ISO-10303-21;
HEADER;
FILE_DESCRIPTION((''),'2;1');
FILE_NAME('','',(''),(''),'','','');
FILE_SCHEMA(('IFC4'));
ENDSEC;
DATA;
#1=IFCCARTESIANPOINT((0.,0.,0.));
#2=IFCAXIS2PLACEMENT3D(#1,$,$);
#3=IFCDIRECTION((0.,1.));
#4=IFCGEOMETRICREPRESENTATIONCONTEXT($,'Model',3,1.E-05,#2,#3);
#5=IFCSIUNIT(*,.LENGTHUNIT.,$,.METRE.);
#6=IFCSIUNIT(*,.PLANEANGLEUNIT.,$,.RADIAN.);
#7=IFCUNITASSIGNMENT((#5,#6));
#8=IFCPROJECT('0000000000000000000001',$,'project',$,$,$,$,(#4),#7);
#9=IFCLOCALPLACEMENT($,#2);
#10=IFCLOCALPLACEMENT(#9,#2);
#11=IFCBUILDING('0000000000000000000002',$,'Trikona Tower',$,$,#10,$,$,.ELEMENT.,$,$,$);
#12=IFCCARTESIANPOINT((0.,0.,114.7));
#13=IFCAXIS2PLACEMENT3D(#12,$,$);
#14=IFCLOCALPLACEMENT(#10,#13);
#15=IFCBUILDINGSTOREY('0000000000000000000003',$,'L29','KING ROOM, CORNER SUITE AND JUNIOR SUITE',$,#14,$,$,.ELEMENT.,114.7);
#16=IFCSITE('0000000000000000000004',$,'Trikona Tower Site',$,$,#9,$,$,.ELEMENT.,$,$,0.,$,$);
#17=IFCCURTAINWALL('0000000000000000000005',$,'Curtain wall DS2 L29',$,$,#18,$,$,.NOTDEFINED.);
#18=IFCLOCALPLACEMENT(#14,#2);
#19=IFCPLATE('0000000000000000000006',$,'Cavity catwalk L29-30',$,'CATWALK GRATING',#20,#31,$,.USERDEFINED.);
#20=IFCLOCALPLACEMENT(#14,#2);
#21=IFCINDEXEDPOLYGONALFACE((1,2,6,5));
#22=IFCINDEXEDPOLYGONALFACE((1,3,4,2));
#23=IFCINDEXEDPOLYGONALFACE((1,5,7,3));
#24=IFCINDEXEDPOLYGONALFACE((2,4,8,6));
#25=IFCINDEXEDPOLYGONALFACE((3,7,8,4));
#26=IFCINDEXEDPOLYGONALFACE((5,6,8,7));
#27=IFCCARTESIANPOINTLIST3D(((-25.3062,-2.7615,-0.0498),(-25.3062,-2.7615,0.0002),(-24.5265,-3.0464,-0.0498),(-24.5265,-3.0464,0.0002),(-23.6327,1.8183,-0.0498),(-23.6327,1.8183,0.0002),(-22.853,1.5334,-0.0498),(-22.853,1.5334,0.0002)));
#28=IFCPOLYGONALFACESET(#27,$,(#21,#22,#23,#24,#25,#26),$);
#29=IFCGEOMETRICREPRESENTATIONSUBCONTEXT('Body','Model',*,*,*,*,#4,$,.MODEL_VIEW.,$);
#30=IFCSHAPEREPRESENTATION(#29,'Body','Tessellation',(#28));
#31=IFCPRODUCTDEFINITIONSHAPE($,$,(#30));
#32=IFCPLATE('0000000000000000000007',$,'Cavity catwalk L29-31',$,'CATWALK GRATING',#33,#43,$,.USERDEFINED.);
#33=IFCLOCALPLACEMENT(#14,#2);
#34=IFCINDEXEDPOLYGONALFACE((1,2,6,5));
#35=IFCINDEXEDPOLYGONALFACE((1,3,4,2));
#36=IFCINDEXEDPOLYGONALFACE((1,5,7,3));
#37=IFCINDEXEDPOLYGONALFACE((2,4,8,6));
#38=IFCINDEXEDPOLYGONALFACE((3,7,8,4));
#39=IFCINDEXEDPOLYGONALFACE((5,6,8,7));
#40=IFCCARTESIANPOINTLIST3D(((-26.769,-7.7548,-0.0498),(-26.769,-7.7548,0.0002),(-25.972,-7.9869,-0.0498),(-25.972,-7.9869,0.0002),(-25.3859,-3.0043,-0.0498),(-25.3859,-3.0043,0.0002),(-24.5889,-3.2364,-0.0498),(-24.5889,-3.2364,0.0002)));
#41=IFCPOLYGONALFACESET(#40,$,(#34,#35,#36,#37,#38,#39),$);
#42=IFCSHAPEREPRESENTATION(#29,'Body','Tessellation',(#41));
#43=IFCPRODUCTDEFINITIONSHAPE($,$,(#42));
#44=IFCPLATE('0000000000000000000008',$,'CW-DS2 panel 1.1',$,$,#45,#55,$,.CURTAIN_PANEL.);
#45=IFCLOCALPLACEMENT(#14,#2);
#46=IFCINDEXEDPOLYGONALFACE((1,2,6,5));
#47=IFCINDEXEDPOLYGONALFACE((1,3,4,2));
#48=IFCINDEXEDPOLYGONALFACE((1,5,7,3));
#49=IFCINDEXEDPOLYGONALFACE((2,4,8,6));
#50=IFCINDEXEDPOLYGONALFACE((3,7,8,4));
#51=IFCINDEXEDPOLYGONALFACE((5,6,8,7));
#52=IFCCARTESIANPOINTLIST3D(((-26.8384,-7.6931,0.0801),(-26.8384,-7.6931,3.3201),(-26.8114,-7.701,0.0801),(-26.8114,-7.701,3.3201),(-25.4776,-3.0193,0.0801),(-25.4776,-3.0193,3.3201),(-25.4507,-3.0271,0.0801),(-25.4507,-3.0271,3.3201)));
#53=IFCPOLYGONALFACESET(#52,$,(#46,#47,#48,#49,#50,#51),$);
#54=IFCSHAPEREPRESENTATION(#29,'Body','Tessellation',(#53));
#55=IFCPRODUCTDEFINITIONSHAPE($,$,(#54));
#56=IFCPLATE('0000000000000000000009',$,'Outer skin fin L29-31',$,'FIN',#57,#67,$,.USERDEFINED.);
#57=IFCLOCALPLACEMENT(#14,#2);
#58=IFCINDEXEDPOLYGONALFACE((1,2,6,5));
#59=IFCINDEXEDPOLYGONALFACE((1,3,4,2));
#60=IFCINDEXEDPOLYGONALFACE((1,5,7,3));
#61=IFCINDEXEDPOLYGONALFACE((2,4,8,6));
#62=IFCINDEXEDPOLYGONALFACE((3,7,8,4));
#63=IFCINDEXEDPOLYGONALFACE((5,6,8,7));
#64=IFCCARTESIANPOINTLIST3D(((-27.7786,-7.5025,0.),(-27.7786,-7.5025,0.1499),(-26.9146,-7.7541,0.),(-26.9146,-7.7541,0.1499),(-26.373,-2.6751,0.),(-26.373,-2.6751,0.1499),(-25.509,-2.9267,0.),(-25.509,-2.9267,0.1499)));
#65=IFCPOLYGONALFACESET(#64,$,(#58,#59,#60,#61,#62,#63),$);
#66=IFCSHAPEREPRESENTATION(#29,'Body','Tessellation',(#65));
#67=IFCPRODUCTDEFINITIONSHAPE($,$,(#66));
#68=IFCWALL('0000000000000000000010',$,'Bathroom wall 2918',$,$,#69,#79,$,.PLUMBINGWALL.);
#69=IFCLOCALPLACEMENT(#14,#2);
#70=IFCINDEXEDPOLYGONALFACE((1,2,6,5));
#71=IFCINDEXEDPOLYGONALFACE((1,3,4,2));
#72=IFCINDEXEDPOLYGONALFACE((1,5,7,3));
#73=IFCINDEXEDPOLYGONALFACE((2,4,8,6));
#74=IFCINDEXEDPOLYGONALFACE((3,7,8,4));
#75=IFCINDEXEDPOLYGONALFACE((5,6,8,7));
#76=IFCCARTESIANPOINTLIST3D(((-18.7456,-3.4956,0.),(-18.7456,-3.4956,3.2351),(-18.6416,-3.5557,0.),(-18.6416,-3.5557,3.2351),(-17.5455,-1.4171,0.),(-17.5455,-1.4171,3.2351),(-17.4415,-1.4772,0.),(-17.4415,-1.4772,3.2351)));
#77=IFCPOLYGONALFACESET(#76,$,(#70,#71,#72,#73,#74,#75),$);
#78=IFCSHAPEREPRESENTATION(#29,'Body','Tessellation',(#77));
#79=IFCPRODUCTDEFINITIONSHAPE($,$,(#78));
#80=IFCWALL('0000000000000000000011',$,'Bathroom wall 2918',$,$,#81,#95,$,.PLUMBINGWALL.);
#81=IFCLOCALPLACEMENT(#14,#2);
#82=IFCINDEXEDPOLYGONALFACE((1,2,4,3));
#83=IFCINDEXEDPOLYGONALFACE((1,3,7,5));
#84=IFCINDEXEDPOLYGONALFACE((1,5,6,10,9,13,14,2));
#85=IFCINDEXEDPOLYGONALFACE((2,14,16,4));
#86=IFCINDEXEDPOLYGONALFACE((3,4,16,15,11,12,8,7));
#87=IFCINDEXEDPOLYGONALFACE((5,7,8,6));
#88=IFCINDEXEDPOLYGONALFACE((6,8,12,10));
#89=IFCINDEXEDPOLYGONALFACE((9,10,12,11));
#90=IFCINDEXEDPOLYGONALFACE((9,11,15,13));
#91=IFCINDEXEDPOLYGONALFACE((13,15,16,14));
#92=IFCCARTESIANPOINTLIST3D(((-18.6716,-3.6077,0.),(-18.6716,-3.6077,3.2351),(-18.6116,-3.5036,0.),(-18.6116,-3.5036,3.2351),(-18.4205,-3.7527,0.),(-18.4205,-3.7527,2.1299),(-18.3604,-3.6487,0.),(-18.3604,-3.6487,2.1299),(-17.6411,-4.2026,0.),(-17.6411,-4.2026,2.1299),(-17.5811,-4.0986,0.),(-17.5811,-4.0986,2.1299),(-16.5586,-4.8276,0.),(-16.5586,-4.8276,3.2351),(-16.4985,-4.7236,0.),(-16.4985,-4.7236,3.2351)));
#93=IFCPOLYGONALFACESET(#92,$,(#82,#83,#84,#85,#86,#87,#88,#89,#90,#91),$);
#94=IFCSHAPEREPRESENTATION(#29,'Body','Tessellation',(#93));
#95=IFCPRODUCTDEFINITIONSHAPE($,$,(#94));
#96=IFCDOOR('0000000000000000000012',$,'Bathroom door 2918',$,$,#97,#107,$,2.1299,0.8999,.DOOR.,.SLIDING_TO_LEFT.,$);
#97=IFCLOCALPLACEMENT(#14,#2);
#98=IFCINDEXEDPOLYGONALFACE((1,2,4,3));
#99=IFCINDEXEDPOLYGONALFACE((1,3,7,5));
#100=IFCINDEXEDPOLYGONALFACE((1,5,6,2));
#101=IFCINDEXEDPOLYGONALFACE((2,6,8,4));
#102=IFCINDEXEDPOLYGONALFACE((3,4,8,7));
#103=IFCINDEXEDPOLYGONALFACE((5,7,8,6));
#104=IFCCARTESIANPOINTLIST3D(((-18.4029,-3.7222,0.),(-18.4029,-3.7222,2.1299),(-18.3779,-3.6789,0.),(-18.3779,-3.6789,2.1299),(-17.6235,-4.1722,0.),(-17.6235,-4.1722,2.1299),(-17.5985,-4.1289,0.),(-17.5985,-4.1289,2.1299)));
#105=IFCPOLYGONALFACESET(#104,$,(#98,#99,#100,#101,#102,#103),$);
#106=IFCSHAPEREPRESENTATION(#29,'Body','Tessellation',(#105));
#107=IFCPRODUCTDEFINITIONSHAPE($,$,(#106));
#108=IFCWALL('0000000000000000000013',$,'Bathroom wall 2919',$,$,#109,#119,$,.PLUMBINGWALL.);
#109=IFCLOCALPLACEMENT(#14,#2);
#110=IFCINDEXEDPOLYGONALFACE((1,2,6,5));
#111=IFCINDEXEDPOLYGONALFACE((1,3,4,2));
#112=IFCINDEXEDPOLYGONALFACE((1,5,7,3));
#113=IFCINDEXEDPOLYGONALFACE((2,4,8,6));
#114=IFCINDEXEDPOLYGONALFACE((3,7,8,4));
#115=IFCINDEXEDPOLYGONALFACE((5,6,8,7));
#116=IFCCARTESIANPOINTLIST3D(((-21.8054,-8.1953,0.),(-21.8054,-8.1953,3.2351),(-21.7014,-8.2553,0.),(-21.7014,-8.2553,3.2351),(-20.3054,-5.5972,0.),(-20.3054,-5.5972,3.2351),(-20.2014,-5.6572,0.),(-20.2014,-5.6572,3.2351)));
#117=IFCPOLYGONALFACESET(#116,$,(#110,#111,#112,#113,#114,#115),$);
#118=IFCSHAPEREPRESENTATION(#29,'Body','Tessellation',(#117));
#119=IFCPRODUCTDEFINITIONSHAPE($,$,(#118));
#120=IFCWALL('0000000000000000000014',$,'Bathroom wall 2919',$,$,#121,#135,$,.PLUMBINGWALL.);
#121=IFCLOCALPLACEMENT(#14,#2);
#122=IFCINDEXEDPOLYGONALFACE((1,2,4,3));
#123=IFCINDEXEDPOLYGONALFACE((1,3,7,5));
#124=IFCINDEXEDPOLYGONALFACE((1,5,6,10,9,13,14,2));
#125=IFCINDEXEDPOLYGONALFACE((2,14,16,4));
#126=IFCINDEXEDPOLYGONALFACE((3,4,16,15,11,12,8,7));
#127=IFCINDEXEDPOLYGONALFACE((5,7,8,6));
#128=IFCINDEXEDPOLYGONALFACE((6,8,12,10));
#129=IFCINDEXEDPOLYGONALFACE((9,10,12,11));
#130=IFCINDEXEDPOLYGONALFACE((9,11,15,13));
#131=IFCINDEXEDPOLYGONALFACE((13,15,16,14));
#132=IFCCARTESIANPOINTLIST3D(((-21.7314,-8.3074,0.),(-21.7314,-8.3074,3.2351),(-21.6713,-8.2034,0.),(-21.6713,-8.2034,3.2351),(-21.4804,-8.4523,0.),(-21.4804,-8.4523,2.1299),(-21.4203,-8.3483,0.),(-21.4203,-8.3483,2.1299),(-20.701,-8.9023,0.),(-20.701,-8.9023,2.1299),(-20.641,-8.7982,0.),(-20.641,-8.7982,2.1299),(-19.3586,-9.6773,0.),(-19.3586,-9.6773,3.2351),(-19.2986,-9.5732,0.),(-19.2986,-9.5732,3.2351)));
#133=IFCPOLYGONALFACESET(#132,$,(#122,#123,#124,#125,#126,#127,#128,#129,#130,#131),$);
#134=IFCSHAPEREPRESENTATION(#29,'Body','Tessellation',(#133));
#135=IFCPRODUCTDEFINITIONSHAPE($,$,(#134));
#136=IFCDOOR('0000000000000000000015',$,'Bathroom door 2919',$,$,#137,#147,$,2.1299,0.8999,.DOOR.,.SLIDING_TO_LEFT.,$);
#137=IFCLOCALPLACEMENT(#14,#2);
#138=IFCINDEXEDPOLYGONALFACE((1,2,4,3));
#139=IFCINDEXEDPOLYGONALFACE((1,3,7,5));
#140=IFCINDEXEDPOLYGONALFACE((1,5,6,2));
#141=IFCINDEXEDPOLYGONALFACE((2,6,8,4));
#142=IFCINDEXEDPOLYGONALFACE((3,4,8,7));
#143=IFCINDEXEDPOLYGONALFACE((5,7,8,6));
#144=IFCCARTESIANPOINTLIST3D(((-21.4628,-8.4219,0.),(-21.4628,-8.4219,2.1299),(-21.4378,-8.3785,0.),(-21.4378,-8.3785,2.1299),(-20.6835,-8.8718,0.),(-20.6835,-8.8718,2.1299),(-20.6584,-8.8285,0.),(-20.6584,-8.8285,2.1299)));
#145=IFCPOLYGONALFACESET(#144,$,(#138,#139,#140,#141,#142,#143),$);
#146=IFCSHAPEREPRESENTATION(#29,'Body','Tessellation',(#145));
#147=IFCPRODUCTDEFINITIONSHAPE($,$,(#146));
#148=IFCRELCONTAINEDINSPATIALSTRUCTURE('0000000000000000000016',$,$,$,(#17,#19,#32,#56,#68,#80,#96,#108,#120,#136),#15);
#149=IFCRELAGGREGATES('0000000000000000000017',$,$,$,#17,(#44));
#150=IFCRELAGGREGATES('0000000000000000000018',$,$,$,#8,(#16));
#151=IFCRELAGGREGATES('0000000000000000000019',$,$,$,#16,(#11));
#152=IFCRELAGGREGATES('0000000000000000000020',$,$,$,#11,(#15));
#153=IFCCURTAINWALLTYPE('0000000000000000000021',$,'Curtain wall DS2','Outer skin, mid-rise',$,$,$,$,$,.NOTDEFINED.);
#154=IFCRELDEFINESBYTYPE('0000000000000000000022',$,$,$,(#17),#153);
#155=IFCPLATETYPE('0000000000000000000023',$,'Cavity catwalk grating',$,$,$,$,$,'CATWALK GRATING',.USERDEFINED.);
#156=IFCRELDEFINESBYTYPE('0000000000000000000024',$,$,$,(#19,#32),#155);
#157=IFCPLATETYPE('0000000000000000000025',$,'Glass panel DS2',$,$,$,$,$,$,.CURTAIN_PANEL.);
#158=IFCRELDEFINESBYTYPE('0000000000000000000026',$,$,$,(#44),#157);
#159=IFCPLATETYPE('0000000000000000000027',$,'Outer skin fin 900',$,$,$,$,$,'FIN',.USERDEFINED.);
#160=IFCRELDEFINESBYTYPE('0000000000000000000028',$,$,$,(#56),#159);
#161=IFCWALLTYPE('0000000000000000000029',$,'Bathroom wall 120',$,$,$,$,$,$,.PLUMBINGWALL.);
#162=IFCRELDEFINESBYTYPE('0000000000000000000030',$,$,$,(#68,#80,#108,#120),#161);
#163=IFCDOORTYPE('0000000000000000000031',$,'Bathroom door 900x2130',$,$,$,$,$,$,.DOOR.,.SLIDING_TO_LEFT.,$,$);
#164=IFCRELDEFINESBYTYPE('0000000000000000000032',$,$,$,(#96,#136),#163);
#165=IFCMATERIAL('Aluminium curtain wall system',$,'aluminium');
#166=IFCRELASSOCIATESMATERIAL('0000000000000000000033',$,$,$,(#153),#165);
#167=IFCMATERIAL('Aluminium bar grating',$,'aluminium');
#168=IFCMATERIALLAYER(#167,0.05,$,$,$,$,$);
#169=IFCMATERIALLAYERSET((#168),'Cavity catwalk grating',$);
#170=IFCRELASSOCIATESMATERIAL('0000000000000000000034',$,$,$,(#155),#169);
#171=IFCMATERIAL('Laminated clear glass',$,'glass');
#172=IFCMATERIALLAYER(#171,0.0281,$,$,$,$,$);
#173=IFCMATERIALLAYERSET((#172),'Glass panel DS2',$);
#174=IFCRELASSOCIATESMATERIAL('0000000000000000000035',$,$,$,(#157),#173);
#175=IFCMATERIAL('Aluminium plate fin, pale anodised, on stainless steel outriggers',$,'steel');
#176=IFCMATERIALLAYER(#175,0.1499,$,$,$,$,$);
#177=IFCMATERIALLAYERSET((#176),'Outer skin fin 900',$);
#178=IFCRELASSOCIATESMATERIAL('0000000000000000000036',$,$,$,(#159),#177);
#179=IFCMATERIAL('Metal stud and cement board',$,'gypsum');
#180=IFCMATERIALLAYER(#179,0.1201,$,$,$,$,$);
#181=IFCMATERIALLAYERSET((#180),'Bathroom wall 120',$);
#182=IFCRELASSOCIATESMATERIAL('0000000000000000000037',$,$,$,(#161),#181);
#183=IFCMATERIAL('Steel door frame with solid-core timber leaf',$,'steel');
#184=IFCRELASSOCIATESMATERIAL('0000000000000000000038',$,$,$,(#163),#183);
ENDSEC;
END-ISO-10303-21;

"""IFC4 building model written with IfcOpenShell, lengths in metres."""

from ifc_helpers import new_model, si_unit, direction, frame, frame_2d, origin, origin_2d, place, context, subcontext, project, spatial, rectangle, extrude, material, layer, layer_set, type_object, element, fill, aggregate, save


model = new_model("IFC4")

# Units and contexts
model_context = context("Model", 3, precision=1e-05, world=origin(), true_north=direction((0.0, 1.0)))
body_context = subcontext(model_context, "Body", "Model", "MODEL_VIEW")
ifc_project = project(units=[si_unit("LENGTHUNIT", "METRE"), si_unit("PLANEANGLEUNIT", "RADIAN")], contexts=[model_context])

# Site, building, storey
site_placement = place(None, origin())
site = spatial("IfcSite", under=ifc_project, at=site_placement, Name="Trikona Tower Site", CompositionType="ELEMENT", RefElevation=0.0)
building_placement = place(site_placement, origin())
building = spatial("IfcBuilding", under=site, at=building_placement, Name="Trikona Tower", CompositionType="ELEMENT")
storey_placement = place(building_placement, frame((0.0, 0.0, 114.7)))
storey = spatial("IfcBuildingStorey", under=building, at=storey_placement, Name="L29", Description="KING ROOM, CORNER SUITE AND JUNIOR SUITE", CompositionType="ELEMENT", Elevation=114.7)

# Shared definitions
ifc_material_1 = material(Name="Aluminium curtain wall system", Category="aluminium")
curtain_wall_type = type_object("IfcCurtainWallType", Name="Curtain wall DS2", Description="Outer skin, mid-rise", PredefinedType="NOTDEFINED", material=ifc_material_1)

# Curtain wall
curtain_wall_1_placement = place(storey_placement, origin())
curtain_wall_1 = element("IfcCurtainWall", 1, at=curtain_wall_1_placement, inside=storey, type_object=curtain_wall_type, Name="Curtain wall DS2 L29", PredefinedType="NOTDEFINED")

# Plates
ifc_material_2 = material(Name="Aluminium bar grating", Category="aluminium")
ifc_layer_1 = layer(ifc_material_2, 0.05)
ifc_layer_set_1 = layer_set([ifc_layer_1], Name="Cavity catwalk grating")
plate_type_1 = type_object("IfcPlateType", Name="Cavity catwalk grating", ElementType="CATWALK GRATING", PredefinedType="USERDEFINED", material=ifc_layer_set_1)
plate_1_placement = place(storey_placement, frame((-24.0796, -0.614, -0.0498), z_axis=(0.0, 0.0, 1.0), x_axis=(-0.34322, -0.939255, 0.0)))
element("IfcPlate", 2, at=plate_1_placement, inside=storey, type_object=plate_type_1, Name="Cavity catwalk L29-30", ObjectType="CATWALK GRATING", PredefinedType="USERDEFINED", context=body_context, shape_type="SweptSolid", body=[
    extrude(rectangle(XDim=4.876, YDim=0.8301, at=origin_2d()), origin(), (0.0, 0.0, 1.0), 0.05),
])
plate_2_placement = place(storey_placement, frame((-25.679, -5.4956, -0.0498), z_axis=(0.0, 0.0, 1.0), x_axis=(-0.279554, -0.96013, 0.0)))
element("IfcPlate", 3, at=plate_2_placement, inside=storey, type_object=plate_type_1, Name="Cavity catwalk L29-31", ObjectType="CATWALK GRATING", PredefinedType="USERDEFINED", context=body_context, shape_type="SweptSolid", body=[
    extrude(rectangle(XDim=4.9478, YDim=0.8301, at=origin_2d()), origin(), (0.0, 0.0, 1.0), 0.05),
])

# Plates
ifc_material_3 = material(Name="Laminated clear glass", Category="glass")
ifc_layer_2 = layer(ifc_material_3, 0.0281)
ifc_layer_set_2 = layer_set([ifc_layer_2], Name="Glass panel DS2")
plate_type_2 = type_object("IfcPlateType", Name="Glass panel DS2", PredefinedType="CURTAIN_PANEL", material=ifc_layer_set_2)
plate_3_placement = place(storey_placement, frame((-26.1445, -5.3601, 0.0801), z_axis=(0.0, 0.0, 1.0), x_axis=(-0.279543, -0.960133, 0.0)))
plate_3 = element("IfcPlate", 4, at=plate_3_placement, type_object=plate_type_2, Name="CW-DS2 panel 1.1", PredefinedType="CURTAIN_PANEL", context=body_context, shape_type="SweptSolid", body=[
    extrude(rectangle(XDim=4.8679, YDim=0.0281, at=origin_2d()), origin(), (0.0, 0.0, 1.0), 3.24),
])
aggregate(curtain_wall_1, [plate_3])
ifc_material_4 = material(Name="Aluminium plate fin, pale anodised, on stainless steel outriggers", Category="steel")
ifc_layer_3 = layer(ifc_material_4, 0.1499)
ifc_layer_set_3 = layer_set([ifc_layer_3], Name="Outer skin fin 900")
plate_type_3 = type_object("IfcPlateType", Name="Outer skin fin 900", ElementType="FIN", PredefinedType="USERDEFINED", material=ifc_layer_set_3)
plate_4_placement = place(storey_placement, frame((-26.6438, -5.2146, 0.0), z_axis=(0.0, 0.0, 1.0), x_axis=(-0.279554, -0.96013, 0.0)))
element("IfcPlate", 5, at=plate_4_placement, inside=storey, type_object=plate_type_3, Name="Outer skin fin L29-31", ObjectType="FIN", PredefinedType="USERDEFINED", context=body_context, shape_type="SweptSolid", body=[
    extrude(rectangle(XDim=5.0278, YDim=0.8999, at=origin_2d()), origin(), (0.0, 0.0, 1.0), 0.1499),
])

# Wall
ifc_material_5 = material(Name="Metal stud and cement board", Category="gypsum")
ifc_layer_4 = layer(ifc_material_5, 0.1201)
ifc_layer_set_4 = layer_set([ifc_layer_4], Name="Bathroom wall 120")
wall_type_1 = type_object("IfcWallType", Name="Bathroom wall 120", PredefinedType="PLUMBINGWALL", material=ifc_layer_set_4)
wall_1_placement = place(storey_placement, frame((-17.4934, -1.447, 0.0), z_axis=(0.0, 0.0, 1.0), x_axis=(-0.500034, -0.866006, 0.0)))
element("IfcWall", 6, at=wall_1_placement, inside=storey, type_object=wall_type_1, Name="Bathroom wall 2918", PredefinedType="PLUMBINGWALL", context=body_context, shape_type="SweptSolid", body=[
    extrude(rectangle(XDim=2.4001, YDim=0.1201, at=frame_2d((1.2002, 0.0))), origin(), (0.0, 0.0, 1.0), 3.2351),
])

# Wall, opening, door
wall_2_placement = place(storey_placement, frame((-16.5286, -4.7756, 0.0), z_axis=(0.0, 0.0, 1.0), x_axis=(-0.866024, 0.500003, 0.0)))
wall_2 = element("IfcWall", 7, at=wall_2_placement, inside=storey, type_object=wall_type_1, Name="Bathroom wall 2918", PredefinedType="PLUMBINGWALL", context=body_context, shape_type="SweptSolid", body=[
    extrude(rectangle(XDim=2.4399, YDim=0.1201, at=frame_2d((1.22, 0.0))), origin(), (0.0, 0.0, 1.0), 3.2351),
])
opening_1_placement = place(wall_2_placement, frame((1.25, 0.0, 0.0)))
opening_1 = element("IfcOpeningElement", 8, at=opening_1_placement, cuts=wall_2, PredefinedType="OPENING", context=body_context, shape_type="SweptSolid", body=[
    extrude(rectangle(XDim=0.8999, YDim=2.1299, at=frame_2d((0.45, 1.0649))), frame((0.0, 0.0701, 0.0), z_axis=(0.0, -1.0, 0.0), x_axis=(1.0, 0.0, 0.0)), (0.0, 0.0, 1.0), 0.1401),
])
ifc_material_6 = material(Name="Steel door frame with solid-core timber leaf", Category="steel")
door_type_1 = type_object("IfcDoorType", Name="Bathroom door 900x2130", OperationType="SLIDING_TO_LEFT", PredefinedType="DOOR", material=ifc_material_6)
door_1_placement = place(opening_1_placement, origin())
door_1 = element("IfcDoor", 9, at=door_1_placement, inside=storey, type_object=door_type_1, Name="Bathroom door 2918", OperationType="SLIDING_TO_LEFT", OverallHeight=2.1299, OverallWidth=0.8999, PredefinedType="DOOR", context=body_context, shape_type="SweptSolid", body=[
    extrude(rectangle(XDim=0.8999, YDim=2.1299, at=frame_2d((0.45, 1.0649))), frame((0.0, 0.0249, 0.0), z_axis=(0.0, -1.0, 0.0), x_axis=(1.0, 0.0, 0.0)), (0.0, 0.0, 1.0), 0.05),
])
fill(opening_1, door_1)

# Wall
wall_3_placement = place(storey_placement, frame((-20.2534, -5.6272, 0.0), z_axis=(0.0, 0.0, 1.0), x_axis=(-0.49999, -0.866031, 0.0)))
element("IfcWall", 10, at=wall_3_placement, inside=storey, type_object=wall_type_1, Name="Bathroom wall 2919", PredefinedType="PLUMBINGWALL", context=body_context, shape_type="SweptSolid", body=[
    extrude(rectangle(XDim=3.0, YDim=0.1201, at=frame_2d((1.5, 0.0))), origin(), (0.0, 0.0, 1.0), 3.2351),
])

# Wall, opening, door
wall_4_placement = place(storey_placement, frame((-19.3286, -9.6252, 0.0), z_axis=(0.0, 0.0, 1.0), x_axis=(-0.866036, 0.499982, 0.0)))
wall_4 = element("IfcWall", 11, at=wall_4_placement, inside=storey, type_object=wall_type_1, Name="Bathroom wall 2919", PredefinedType="PLUMBINGWALL", context=body_context, shape_type="SweptSolid", body=[
    extrude(rectangle(XDim=2.7397, YDim=0.1201, at=frame_2d((1.3699, 0.0))), origin(), (0.0, 0.0, 1.0), 3.2351),
])
opening_2_placement = place(wall_4_placement, frame((1.55, 0.0, 0.0)))
opening_2 = element("IfcOpeningElement", 12, at=opening_2_placement, cuts=wall_4, PredefinedType="OPENING", context=body_context, shape_type="SweptSolid", body=[
    extrude(rectangle(XDim=0.8999, YDim=2.1299, at=frame_2d((0.45, 1.0649))), frame((0.0, 0.0701, 0.0), z_axis=(0.0, -1.0, 0.0), x_axis=(1.0, 0.0, 0.0)), (0.0, 0.0, 1.0), 0.1401),
])
door_2_placement = place(opening_2_placement, origin())
door_2 = element("IfcDoor", 13, at=door_2_placement, inside=storey, type_object=door_type_1, Name="Bathroom door 2919", OperationType="SLIDING_TO_LEFT", OverallHeight=2.1299, OverallWidth=0.8999, PredefinedType="DOOR", context=body_context, shape_type="SweptSolid", body=[
    extrude(rectangle(XDim=0.8999, YDim=2.1299, at=frame_2d((0.45, 1.0649))), frame((0.0, 0.0249, 0.0), z_axis=(0.0, -1.0, 0.0), x_axis=(1.0, 0.0, 0.0)), (0.0, 0.0, 1.0), 0.05),
])
fill(opening_2, door_2)

save(model, "model.ifc")
